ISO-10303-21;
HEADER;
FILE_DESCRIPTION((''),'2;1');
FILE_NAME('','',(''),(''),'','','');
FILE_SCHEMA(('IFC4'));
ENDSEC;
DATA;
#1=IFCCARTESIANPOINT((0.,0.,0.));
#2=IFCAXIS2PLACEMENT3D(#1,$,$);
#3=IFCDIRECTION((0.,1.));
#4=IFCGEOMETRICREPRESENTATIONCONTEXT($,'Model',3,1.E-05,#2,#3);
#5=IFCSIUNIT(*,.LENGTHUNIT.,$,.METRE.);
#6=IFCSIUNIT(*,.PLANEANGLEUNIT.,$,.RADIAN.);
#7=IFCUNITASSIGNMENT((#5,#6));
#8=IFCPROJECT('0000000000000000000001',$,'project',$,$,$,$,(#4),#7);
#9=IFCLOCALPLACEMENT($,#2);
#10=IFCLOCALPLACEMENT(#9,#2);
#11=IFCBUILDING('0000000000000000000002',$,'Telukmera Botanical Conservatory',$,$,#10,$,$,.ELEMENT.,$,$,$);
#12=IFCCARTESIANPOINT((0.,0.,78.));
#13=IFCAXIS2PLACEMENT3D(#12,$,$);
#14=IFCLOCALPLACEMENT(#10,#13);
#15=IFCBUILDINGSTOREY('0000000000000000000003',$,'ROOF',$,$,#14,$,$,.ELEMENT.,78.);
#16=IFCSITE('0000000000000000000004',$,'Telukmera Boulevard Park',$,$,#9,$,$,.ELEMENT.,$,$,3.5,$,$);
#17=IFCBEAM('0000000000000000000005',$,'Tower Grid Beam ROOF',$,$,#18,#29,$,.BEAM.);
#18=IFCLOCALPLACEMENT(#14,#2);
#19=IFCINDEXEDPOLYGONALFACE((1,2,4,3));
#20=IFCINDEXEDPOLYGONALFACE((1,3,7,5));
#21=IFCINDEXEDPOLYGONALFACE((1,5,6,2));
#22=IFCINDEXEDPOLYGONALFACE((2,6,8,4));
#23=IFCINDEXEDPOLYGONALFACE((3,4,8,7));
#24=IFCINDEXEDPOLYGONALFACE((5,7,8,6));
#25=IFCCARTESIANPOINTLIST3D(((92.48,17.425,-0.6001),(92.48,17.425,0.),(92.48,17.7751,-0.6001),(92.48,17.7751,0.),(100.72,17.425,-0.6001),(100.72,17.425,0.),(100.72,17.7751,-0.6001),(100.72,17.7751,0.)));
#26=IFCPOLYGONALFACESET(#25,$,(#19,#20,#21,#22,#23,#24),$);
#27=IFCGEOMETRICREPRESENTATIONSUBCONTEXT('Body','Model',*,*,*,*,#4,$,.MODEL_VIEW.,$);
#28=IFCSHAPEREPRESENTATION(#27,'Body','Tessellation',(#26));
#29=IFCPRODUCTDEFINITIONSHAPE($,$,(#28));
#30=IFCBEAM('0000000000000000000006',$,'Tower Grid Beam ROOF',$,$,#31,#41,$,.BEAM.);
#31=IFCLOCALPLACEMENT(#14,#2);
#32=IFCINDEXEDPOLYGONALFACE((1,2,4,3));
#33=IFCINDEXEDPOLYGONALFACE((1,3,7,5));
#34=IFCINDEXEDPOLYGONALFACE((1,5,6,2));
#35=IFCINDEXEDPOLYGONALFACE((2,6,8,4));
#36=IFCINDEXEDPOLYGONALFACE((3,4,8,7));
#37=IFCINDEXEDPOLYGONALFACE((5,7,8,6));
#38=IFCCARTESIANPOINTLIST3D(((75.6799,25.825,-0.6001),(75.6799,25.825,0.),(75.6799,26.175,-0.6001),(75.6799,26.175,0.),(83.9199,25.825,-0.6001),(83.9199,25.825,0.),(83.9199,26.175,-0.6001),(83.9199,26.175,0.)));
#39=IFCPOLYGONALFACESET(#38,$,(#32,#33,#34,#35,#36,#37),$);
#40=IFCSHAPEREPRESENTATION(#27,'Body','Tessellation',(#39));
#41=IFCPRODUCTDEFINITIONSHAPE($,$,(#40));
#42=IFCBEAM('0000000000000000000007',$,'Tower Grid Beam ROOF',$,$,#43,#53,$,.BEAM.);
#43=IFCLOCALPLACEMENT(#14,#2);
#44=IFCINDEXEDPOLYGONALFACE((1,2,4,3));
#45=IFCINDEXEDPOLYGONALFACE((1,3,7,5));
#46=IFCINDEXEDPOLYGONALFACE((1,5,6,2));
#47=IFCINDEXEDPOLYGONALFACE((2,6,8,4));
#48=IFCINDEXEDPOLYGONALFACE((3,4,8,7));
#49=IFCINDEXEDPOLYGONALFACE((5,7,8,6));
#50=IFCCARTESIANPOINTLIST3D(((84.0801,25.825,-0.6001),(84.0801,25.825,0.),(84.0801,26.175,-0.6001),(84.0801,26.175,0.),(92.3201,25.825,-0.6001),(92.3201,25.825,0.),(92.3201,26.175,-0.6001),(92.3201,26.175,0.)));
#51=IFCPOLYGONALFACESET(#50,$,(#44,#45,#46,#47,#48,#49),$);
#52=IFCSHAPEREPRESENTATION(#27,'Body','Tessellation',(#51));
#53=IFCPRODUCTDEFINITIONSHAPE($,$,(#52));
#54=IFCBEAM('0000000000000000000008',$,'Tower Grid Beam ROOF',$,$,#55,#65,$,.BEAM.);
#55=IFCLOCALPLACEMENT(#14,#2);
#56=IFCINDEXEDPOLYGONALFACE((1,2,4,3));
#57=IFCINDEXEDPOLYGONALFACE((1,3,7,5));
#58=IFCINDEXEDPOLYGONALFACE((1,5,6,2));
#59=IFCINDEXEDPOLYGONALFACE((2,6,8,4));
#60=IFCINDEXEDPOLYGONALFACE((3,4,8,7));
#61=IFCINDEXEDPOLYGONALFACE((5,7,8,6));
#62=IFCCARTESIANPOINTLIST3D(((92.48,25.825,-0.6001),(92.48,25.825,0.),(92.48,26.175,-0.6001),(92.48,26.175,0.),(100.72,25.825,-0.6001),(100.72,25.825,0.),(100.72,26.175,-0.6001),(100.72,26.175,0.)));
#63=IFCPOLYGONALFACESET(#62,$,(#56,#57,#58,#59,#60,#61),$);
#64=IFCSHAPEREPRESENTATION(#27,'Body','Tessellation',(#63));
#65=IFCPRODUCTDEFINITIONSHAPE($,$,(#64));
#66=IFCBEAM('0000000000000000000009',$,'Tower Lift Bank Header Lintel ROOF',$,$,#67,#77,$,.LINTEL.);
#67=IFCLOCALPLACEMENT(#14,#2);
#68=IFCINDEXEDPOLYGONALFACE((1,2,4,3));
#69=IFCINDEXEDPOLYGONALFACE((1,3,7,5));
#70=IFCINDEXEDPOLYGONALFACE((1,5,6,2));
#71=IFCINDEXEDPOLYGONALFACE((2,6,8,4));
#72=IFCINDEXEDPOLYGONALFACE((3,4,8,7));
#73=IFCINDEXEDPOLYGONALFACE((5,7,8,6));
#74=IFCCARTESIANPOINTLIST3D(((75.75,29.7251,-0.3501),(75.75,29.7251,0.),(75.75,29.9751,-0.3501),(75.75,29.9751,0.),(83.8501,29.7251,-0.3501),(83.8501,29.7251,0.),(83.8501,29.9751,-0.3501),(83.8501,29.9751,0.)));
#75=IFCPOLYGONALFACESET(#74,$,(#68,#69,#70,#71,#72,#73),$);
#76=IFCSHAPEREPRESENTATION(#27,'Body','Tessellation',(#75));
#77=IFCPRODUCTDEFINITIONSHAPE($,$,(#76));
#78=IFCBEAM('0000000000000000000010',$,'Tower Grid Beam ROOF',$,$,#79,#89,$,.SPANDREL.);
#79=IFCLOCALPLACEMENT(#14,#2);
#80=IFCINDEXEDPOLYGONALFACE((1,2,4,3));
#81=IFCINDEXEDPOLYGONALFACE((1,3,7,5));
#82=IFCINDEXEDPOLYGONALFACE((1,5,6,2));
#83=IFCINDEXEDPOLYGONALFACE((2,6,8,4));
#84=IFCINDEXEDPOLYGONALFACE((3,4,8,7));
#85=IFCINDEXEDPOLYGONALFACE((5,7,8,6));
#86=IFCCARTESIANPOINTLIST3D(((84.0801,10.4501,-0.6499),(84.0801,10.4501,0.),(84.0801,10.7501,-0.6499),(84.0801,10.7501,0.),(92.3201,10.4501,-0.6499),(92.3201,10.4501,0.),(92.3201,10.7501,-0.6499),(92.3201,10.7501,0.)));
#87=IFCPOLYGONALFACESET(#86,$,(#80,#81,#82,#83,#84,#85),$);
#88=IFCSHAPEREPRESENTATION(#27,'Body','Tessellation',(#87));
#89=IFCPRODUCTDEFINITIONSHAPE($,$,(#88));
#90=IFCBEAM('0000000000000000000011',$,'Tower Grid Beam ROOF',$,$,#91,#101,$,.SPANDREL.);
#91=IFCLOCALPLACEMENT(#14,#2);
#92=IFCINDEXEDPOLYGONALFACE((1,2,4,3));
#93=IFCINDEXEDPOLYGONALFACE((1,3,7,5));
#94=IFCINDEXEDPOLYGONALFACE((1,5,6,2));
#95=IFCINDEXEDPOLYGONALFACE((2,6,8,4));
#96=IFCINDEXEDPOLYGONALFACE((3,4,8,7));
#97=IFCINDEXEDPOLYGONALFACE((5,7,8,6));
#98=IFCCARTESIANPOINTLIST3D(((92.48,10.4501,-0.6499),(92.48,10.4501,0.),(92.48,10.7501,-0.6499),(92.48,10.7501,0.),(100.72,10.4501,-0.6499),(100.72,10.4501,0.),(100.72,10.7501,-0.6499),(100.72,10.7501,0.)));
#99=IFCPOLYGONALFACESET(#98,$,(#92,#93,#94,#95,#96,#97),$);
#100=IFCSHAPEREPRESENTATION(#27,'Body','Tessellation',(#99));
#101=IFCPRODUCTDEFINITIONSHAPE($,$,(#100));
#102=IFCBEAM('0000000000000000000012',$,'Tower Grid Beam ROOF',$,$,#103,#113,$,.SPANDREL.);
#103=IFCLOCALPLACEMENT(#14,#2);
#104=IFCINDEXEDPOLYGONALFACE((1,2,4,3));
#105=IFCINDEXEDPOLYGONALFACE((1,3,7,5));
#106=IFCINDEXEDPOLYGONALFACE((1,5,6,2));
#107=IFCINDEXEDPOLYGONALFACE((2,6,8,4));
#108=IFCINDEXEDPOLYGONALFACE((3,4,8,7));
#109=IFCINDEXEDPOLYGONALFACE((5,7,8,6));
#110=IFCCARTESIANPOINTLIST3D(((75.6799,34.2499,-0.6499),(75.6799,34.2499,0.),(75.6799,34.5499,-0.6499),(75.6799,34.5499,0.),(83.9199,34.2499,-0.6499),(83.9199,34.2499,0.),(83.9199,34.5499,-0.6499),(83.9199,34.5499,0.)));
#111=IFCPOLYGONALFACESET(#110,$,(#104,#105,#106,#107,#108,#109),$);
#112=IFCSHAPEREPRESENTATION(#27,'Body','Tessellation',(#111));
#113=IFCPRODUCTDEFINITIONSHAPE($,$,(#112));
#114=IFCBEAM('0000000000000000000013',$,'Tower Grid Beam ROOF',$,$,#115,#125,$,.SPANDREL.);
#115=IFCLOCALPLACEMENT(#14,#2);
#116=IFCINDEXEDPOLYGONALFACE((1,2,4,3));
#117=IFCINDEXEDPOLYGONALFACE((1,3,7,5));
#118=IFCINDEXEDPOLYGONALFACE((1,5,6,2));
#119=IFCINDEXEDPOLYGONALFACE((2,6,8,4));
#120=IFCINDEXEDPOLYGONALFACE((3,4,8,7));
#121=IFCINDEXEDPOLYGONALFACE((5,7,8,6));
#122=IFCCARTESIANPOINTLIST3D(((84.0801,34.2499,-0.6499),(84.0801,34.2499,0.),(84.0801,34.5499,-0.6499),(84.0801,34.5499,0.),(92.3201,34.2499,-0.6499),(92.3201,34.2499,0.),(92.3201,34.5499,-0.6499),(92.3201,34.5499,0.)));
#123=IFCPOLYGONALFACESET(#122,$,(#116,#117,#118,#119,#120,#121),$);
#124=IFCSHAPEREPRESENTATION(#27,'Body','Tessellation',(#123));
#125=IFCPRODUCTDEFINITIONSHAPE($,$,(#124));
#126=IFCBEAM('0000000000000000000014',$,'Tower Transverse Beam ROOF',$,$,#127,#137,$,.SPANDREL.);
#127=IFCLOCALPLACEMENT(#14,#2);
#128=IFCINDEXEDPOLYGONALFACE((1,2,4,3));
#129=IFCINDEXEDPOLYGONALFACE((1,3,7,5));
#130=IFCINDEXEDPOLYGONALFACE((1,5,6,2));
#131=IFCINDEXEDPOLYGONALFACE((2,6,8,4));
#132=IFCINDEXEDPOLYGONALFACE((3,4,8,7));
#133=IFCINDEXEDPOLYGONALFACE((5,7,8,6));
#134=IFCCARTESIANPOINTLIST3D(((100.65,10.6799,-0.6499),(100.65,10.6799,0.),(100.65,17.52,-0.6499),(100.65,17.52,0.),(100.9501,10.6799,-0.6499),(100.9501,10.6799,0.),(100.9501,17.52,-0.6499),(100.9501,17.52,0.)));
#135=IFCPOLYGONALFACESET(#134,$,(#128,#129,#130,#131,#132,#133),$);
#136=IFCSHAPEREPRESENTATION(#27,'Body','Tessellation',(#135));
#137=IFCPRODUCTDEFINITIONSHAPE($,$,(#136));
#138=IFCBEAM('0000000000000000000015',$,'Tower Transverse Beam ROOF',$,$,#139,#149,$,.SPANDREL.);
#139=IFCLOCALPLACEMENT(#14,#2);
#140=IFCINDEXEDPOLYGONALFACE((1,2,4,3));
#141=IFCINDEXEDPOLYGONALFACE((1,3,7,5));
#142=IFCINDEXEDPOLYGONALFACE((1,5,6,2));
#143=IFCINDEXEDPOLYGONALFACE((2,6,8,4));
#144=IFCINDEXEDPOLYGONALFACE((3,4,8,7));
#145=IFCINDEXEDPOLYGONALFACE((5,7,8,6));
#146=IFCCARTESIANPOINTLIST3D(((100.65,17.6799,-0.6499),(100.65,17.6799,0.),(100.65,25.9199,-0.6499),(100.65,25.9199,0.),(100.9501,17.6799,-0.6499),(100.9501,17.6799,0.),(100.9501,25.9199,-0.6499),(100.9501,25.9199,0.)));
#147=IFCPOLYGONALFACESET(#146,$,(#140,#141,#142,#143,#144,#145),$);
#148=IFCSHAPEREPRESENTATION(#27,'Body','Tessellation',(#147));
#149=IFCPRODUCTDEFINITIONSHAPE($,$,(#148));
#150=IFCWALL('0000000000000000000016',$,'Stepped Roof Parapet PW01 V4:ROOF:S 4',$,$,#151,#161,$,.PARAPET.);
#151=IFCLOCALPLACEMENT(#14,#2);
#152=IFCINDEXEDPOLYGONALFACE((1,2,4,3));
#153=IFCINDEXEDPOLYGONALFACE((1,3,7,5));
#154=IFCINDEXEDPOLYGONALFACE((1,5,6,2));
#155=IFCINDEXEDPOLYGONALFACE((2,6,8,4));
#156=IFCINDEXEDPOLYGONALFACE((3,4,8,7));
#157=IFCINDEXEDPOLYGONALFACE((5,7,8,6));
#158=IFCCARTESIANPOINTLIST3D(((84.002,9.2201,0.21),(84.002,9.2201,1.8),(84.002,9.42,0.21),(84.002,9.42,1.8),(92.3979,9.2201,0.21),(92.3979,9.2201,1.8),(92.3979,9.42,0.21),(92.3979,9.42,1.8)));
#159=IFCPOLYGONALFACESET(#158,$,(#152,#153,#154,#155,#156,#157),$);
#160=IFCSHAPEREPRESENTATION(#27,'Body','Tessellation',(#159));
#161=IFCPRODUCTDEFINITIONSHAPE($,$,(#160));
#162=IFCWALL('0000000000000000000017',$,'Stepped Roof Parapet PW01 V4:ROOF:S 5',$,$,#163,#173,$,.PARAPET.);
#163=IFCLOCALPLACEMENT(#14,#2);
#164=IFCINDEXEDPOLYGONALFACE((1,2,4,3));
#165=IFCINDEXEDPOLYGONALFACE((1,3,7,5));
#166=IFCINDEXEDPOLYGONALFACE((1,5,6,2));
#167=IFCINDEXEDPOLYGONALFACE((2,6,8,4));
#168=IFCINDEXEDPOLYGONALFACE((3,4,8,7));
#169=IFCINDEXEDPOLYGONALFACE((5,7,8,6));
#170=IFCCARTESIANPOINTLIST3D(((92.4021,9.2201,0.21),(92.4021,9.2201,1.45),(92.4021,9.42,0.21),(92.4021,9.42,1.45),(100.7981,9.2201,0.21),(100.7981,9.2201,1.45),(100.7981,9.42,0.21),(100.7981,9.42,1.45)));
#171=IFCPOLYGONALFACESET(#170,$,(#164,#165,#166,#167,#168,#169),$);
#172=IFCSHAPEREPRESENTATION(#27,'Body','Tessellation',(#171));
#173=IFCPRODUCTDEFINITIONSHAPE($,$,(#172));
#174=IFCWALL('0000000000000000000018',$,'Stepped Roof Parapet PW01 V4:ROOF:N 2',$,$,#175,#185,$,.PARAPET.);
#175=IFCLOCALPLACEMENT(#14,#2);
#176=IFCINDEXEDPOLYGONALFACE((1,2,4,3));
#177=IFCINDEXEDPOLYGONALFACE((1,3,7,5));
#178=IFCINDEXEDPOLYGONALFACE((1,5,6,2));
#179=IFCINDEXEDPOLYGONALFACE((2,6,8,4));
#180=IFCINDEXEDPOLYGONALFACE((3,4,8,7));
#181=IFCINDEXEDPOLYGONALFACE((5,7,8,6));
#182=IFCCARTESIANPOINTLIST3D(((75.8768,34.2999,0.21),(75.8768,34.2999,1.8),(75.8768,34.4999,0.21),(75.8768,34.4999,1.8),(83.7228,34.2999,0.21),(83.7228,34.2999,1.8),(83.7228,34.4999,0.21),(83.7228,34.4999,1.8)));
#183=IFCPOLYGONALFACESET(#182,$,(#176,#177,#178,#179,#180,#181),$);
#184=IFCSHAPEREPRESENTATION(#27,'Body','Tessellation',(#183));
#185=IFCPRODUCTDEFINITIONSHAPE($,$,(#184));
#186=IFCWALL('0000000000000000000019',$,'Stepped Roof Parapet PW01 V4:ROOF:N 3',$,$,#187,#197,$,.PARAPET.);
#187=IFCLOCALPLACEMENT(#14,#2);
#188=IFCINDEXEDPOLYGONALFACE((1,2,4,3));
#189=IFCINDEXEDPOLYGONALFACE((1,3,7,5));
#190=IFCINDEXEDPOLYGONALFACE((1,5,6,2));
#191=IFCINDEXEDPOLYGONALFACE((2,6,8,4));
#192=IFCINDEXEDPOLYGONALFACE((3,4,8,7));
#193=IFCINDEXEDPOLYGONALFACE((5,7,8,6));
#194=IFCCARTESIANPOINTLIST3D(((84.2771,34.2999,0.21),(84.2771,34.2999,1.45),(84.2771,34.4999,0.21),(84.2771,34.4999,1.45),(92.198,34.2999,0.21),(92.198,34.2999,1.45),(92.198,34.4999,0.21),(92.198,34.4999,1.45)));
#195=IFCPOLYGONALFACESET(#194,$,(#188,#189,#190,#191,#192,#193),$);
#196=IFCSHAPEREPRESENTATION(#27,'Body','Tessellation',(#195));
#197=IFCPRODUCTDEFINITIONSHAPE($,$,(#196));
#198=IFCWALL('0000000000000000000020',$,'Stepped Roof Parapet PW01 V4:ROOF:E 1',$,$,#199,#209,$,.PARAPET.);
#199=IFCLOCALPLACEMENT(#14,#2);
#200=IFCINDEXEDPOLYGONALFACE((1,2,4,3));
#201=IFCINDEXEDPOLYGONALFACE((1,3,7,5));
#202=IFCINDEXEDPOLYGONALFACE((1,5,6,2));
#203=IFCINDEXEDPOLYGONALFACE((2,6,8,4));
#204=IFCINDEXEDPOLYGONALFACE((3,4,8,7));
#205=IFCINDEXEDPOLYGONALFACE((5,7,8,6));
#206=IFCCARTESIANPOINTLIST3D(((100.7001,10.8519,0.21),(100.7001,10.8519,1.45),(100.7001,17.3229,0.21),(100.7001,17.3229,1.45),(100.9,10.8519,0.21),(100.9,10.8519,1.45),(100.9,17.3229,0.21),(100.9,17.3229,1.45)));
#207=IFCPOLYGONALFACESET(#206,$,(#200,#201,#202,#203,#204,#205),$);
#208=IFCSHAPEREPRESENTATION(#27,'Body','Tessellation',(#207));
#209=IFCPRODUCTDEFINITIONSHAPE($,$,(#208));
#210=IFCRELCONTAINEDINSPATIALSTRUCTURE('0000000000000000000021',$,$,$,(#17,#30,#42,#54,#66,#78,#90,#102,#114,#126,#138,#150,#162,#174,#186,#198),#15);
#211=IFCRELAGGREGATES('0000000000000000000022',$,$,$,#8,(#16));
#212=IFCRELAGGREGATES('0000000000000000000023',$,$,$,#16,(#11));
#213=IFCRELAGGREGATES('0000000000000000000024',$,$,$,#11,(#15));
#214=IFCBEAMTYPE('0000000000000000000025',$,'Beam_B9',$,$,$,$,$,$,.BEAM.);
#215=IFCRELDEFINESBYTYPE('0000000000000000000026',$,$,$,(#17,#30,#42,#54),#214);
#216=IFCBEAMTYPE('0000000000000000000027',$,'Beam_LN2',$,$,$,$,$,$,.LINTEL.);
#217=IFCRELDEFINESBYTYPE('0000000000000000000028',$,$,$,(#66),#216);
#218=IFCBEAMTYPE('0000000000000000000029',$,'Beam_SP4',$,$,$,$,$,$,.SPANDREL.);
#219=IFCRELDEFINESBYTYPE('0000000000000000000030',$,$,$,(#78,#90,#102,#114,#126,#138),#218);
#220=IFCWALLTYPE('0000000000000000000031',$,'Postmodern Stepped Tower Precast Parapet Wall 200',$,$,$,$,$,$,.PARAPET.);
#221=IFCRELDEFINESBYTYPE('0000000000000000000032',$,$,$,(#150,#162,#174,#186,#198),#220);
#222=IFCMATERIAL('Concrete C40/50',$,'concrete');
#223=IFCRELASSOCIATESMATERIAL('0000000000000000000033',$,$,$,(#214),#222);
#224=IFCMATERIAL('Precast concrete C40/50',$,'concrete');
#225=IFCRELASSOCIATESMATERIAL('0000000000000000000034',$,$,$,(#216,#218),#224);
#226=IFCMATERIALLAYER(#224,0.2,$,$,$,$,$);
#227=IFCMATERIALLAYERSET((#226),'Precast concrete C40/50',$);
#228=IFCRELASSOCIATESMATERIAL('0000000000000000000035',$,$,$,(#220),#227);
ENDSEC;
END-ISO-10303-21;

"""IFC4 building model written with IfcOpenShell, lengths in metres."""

from ifc_helpers import new_model, si_unit, direction, frame, frame_2d, origin, origin_2d, place, context, subcontext, project, spatial, rectangle, extrude, material, layer, layer_set, material_profile, profile_set, type_object, element, save


model = new_model("IFC4")

# Units and contexts
model_context = context("Model", 3, precision=1e-05, world=origin(), true_north=direction((0.0, 1.0)))
body_context = subcontext(model_context, "Body", "Model", "MODEL_VIEW")
ifc_project = project(units=[si_unit("LENGTHUNIT", "METRE"), si_unit("PLANEANGLEUNIT", "RADIAN")], contexts=[model_context])

# Site, building, storey
site_placement = place(None, origin())
site = spatial("IfcSite", under=ifc_project, at=site_placement, Name="Telukmera Boulevard Park", CompositionType="ELEMENT", RefElevation=3.5)
building_placement = place(site_placement, origin())
building = spatial("IfcBuilding", under=site, at=building_placement, Name="Telukmera Botanical Conservatory", CompositionType="ELEMENT")
storey_placement = place(building_placement, frame((0.0, 0.0, 78.0)))
storey = spatial("IfcBuildingStorey", under=building, at=storey_placement, Name="ROOF", CompositionType="ELEMENT", Elevation=78.0)

# Beams
ifc_material_1 = material(Name="Concrete C40/50", Category="concrete")
ifc_material_profile_1 = material_profile(ifc_material_1, rectangle(XDim=0.3501, YDim=0.6001, at=origin_2d()), Name="RC 350x600")
ifc_profile_set_1 = profile_set([ifc_material_profile_1], Name="Concrete C40/50")
beam_type_1 = type_object("IfcBeamType", Name="Beam_B9", PredefinedType="BEAM", material=ifc_profile_set_1)
for number, where, z_axis, x_axis, name in (
    (1, (92.48, 17.6001, -0.3), (1.0, 0.0, 0.0), (0.0, 1.0, 0.0), "Tower Grid Beam ROOF"),
    (2, (75.6799, 26.0, -0.3), (1.0, 0.0, 0.0), (0.0, 1.0, 0.0), "Tower Grid Beam ROOF"),
    (3, (84.0801, 26.0, -0.3), (1.0, 0.0, 0.0), (0.0, 1.0, 0.0), "Tower Grid Beam ROOF"),
    (4, (92.48, 26.0, -0.3), (1.0, 0.0, 0.0), (0.0, 1.0, 0.0), "Tower Grid Beam ROOF"),
):
    element("IfcBeam", number, at=place(storey_placement, frame(where, z_axis=z_axis, x_axis=x_axis)), inside=storey, type_object=beam_type_1, Name=name, PredefinedType="BEAM", context=body_context, shape_type="SweptSolid", body=[
        extrude(rectangle(XDim=0.3501, YDim=0.6001, at=origin_2d()), origin(), (0.0, 0.0, 1.0), 8.24),
    ])
ifc_material_2 = material(Name="Precast concrete C40/50", Category="concrete")
ifc_material_profile_2 = material_profile(ifc_material_2, rectangle(XDim=0.25, YDim=0.3501, at=origin_2d()), Name="PC 250x350")
ifc_profile_set_2 = profile_set([ifc_material_profile_2], Name="Precast concrete C40/50")
beam_type_2 = type_object("IfcBeamType", Name="Beam_LN2", PredefinedType="LINTEL", material=ifc_profile_set_2)
beam_1_placement = place(storey_placement, frame((75.75, 29.8501, -0.175), z_axis=(1.0, 0.0, 0.0), x_axis=(0.0, 1.0, 0.0)))
element("IfcBeam", 5, at=beam_1_placement, inside=storey, type_object=beam_type_2, Name="Tower Lift Bank Header Lintel ROOF", PredefinedType="LINTEL", context=body_context, shape_type="SweptSolid", body=[
    extrude(rectangle(XDim=0.25, YDim=0.3501, at=origin_2d()), origin(), (0.0, 0.0, 1.0), 8.1001),
])
ifc_material_profile_3 = material_profile(ifc_material_2, rectangle(XDim=0.3, YDim=0.6499, at=origin_2d()), Name="PC 300x650")
ifc_profile_set_3 = profile_set([ifc_material_profile_3], Name="Precast concrete C40/50")
beam_type_3 = type_object("IfcBeamType", Name="Beam_SP4", PredefinedType="SPANDREL", material=ifc_profile_set_3)
for number, where, z_axis, x_axis, name in (
    (6, (84.0801, 10.6001, -0.325), (1.0, 0.0, 0.0), (0.0, 1.0, 0.0), "Tower Grid Beam ROOF"),
    (7, (92.48, 10.6001, -0.325), (1.0, 0.0, 0.0), (0.0, 1.0, 0.0), "Tower Grid Beam ROOF"),
    (8, (75.6799, 34.3999, -0.325), (1.0, 0.0, 0.0), (0.0, 1.0, 0.0), "Tower Grid Beam ROOF"),
    (9, (84.0801, 34.3999, -0.325), (1.0, 0.0, 0.0), (0.0, 1.0, 0.0), "Tower Grid Beam ROOF"),
):
    element("IfcBeam", number, at=place(storey_placement, frame(where, z_axis=z_axis, x_axis=x_axis)), inside=storey, type_object=beam_type_3, Name=name, PredefinedType="SPANDREL", context=body_context, shape_type="SweptSolid", body=[
        extrude(rectangle(XDim=0.3, YDim=0.6499, at=origin_2d()), origin(), (0.0, 0.0, 1.0), 8.24),
    ])
beam_2_placement = place(storey_placement, frame((100.8, 10.6799, -0.325), z_axis=(0.0, 1.0, 0.0), x_axis=(-1.0, 0.0, 0.0)))
element("IfcBeam", 10, at=beam_2_placement, inside=storey, type_object=beam_type_3, Name="Tower Transverse Beam ROOF", PredefinedType="SPANDREL", context=body_context, shape_type="SweptSolid", body=[
    extrude(rectangle(XDim=0.3, YDim=0.6499, at=origin_2d()), origin(), (0.0, 0.0, 1.0), 6.8401),
])
beam_3_placement = place(storey_placement, frame((100.8, 17.6799, -0.325), z_axis=(0.0, 1.0, 0.0), x_axis=(-1.0, 0.0, 0.0)))
element("IfcBeam", 11, at=beam_3_placement, inside=storey, type_object=beam_type_3, Name="Tower Transverse Beam ROOF", PredefinedType="SPANDREL", context=body_context, shape_type="SweptSolid", body=[
    extrude(rectangle(XDim=0.3, YDim=0.6499, at=origin_2d()), origin(), (0.0, 0.0, 1.0), 8.24),
])

# Walls
ifc_layer_1 = layer(ifc_material_2, 0.2)
ifc_layer_set_1 = layer_set([ifc_layer_1], Name="Precast concrete C40/50")
wall_type_1 = type_object("IfcWallType", Name="Postmodern Stepped Tower Precast Parapet Wall 200", PredefinedType="PARAPET", material=ifc_layer_set_1)
wall_1_placement = place(storey_placement, frame((84.002, 9.3201, 0.21), z_axis=(0.0, 0.0, 1.0), x_axis=(1.0, 0.0, 0.0)))
element("IfcWall", 12, at=wall_1_placement, inside=storey, type_object=wall_type_1, Name="Stepped Roof Parapet PW01 V4:ROOF:S 4", PredefinedType="PARAPET", context=body_context, shape_type="SweptSolid", body=[
    extrude(rectangle(XDim=8.396, YDim=0.2, at=frame_2d((4.198, 0.0))), origin(), (0.0, 0.0, 1.0), 1.5901),
])
wall_2_placement = place(storey_placement, frame((92.4021, 9.3201, 0.21), z_axis=(0.0, 0.0, 1.0), x_axis=(1.0, 0.0, 0.0)))
element("IfcWall", 13, at=wall_2_placement, inside=storey, type_object=wall_type_1, Name="Stepped Roof Parapet PW01 V4:ROOF:S 5", PredefinedType="PARAPET", context=body_context, shape_type="SweptSolid", body=[
    extrude(rectangle(XDim=8.396, YDim=0.2, at=frame_2d((4.198, 0.0))), origin(), (0.0, 0.0, 1.0), 1.24),
])
wall_3_placement = place(storey_placement, frame((75.877, 34.3999, 0.21), z_axis=(0.0, 0.0, 1.0), x_axis=(1.0, 0.0, 0.0)))
element("IfcWall", 14, at=wall_3_placement, inside=storey, type_object=wall_type_1, Name="Stepped Roof Parapet PW01 V4:ROOF:N 2", PredefinedType="PARAPET", context=body_context, shape_type="SweptSolid", body=[
    extrude(rectangle(XDim=7.8459, YDim=0.2, at=frame_2d((3.9229, 0.0))), origin(), (0.0, 0.0, 1.0), 1.5901),
])
wall_4_placement = place(storey_placement, frame((84.2771, 34.3999, 0.21), z_axis=(0.0, 0.0, 1.0), x_axis=(1.0, 0.0, 0.0)))
element("IfcWall", 15, at=wall_4_placement, inside=storey, type_object=wall_type_1, Name="Stepped Roof Parapet PW01 V4:ROOF:N 3", PredefinedType="PARAPET", context=body_context, shape_type="SweptSolid", body=[
    extrude(rectangle(XDim=7.9209, YDim=0.2, at=frame_2d((3.9604, 0.0))), origin(), (0.0, 0.0, 1.0), 1.24),
])
wall_5_placement = place(storey_placement, frame((100.8, 10.8521, 0.21), z_axis=(0.0, 0.0, 1.0), x_axis=(0.0, 1.0, 0.0)))
element("IfcWall", 16, at=wall_5_placement, inside=storey, type_object=wall_type_1, Name="Stepped Roof Parapet PW01 V4:ROOF:E 1", PredefinedType="PARAPET", context=body_context, shape_type="SweptSolid", body=[
    extrude(rectangle(XDim=6.4709, YDim=0.2, at=frame_2d((3.2354, 0.0))), origin(), (0.0, 0.0, 1.0), 1.24),
])

save(model, "model.ifc")
